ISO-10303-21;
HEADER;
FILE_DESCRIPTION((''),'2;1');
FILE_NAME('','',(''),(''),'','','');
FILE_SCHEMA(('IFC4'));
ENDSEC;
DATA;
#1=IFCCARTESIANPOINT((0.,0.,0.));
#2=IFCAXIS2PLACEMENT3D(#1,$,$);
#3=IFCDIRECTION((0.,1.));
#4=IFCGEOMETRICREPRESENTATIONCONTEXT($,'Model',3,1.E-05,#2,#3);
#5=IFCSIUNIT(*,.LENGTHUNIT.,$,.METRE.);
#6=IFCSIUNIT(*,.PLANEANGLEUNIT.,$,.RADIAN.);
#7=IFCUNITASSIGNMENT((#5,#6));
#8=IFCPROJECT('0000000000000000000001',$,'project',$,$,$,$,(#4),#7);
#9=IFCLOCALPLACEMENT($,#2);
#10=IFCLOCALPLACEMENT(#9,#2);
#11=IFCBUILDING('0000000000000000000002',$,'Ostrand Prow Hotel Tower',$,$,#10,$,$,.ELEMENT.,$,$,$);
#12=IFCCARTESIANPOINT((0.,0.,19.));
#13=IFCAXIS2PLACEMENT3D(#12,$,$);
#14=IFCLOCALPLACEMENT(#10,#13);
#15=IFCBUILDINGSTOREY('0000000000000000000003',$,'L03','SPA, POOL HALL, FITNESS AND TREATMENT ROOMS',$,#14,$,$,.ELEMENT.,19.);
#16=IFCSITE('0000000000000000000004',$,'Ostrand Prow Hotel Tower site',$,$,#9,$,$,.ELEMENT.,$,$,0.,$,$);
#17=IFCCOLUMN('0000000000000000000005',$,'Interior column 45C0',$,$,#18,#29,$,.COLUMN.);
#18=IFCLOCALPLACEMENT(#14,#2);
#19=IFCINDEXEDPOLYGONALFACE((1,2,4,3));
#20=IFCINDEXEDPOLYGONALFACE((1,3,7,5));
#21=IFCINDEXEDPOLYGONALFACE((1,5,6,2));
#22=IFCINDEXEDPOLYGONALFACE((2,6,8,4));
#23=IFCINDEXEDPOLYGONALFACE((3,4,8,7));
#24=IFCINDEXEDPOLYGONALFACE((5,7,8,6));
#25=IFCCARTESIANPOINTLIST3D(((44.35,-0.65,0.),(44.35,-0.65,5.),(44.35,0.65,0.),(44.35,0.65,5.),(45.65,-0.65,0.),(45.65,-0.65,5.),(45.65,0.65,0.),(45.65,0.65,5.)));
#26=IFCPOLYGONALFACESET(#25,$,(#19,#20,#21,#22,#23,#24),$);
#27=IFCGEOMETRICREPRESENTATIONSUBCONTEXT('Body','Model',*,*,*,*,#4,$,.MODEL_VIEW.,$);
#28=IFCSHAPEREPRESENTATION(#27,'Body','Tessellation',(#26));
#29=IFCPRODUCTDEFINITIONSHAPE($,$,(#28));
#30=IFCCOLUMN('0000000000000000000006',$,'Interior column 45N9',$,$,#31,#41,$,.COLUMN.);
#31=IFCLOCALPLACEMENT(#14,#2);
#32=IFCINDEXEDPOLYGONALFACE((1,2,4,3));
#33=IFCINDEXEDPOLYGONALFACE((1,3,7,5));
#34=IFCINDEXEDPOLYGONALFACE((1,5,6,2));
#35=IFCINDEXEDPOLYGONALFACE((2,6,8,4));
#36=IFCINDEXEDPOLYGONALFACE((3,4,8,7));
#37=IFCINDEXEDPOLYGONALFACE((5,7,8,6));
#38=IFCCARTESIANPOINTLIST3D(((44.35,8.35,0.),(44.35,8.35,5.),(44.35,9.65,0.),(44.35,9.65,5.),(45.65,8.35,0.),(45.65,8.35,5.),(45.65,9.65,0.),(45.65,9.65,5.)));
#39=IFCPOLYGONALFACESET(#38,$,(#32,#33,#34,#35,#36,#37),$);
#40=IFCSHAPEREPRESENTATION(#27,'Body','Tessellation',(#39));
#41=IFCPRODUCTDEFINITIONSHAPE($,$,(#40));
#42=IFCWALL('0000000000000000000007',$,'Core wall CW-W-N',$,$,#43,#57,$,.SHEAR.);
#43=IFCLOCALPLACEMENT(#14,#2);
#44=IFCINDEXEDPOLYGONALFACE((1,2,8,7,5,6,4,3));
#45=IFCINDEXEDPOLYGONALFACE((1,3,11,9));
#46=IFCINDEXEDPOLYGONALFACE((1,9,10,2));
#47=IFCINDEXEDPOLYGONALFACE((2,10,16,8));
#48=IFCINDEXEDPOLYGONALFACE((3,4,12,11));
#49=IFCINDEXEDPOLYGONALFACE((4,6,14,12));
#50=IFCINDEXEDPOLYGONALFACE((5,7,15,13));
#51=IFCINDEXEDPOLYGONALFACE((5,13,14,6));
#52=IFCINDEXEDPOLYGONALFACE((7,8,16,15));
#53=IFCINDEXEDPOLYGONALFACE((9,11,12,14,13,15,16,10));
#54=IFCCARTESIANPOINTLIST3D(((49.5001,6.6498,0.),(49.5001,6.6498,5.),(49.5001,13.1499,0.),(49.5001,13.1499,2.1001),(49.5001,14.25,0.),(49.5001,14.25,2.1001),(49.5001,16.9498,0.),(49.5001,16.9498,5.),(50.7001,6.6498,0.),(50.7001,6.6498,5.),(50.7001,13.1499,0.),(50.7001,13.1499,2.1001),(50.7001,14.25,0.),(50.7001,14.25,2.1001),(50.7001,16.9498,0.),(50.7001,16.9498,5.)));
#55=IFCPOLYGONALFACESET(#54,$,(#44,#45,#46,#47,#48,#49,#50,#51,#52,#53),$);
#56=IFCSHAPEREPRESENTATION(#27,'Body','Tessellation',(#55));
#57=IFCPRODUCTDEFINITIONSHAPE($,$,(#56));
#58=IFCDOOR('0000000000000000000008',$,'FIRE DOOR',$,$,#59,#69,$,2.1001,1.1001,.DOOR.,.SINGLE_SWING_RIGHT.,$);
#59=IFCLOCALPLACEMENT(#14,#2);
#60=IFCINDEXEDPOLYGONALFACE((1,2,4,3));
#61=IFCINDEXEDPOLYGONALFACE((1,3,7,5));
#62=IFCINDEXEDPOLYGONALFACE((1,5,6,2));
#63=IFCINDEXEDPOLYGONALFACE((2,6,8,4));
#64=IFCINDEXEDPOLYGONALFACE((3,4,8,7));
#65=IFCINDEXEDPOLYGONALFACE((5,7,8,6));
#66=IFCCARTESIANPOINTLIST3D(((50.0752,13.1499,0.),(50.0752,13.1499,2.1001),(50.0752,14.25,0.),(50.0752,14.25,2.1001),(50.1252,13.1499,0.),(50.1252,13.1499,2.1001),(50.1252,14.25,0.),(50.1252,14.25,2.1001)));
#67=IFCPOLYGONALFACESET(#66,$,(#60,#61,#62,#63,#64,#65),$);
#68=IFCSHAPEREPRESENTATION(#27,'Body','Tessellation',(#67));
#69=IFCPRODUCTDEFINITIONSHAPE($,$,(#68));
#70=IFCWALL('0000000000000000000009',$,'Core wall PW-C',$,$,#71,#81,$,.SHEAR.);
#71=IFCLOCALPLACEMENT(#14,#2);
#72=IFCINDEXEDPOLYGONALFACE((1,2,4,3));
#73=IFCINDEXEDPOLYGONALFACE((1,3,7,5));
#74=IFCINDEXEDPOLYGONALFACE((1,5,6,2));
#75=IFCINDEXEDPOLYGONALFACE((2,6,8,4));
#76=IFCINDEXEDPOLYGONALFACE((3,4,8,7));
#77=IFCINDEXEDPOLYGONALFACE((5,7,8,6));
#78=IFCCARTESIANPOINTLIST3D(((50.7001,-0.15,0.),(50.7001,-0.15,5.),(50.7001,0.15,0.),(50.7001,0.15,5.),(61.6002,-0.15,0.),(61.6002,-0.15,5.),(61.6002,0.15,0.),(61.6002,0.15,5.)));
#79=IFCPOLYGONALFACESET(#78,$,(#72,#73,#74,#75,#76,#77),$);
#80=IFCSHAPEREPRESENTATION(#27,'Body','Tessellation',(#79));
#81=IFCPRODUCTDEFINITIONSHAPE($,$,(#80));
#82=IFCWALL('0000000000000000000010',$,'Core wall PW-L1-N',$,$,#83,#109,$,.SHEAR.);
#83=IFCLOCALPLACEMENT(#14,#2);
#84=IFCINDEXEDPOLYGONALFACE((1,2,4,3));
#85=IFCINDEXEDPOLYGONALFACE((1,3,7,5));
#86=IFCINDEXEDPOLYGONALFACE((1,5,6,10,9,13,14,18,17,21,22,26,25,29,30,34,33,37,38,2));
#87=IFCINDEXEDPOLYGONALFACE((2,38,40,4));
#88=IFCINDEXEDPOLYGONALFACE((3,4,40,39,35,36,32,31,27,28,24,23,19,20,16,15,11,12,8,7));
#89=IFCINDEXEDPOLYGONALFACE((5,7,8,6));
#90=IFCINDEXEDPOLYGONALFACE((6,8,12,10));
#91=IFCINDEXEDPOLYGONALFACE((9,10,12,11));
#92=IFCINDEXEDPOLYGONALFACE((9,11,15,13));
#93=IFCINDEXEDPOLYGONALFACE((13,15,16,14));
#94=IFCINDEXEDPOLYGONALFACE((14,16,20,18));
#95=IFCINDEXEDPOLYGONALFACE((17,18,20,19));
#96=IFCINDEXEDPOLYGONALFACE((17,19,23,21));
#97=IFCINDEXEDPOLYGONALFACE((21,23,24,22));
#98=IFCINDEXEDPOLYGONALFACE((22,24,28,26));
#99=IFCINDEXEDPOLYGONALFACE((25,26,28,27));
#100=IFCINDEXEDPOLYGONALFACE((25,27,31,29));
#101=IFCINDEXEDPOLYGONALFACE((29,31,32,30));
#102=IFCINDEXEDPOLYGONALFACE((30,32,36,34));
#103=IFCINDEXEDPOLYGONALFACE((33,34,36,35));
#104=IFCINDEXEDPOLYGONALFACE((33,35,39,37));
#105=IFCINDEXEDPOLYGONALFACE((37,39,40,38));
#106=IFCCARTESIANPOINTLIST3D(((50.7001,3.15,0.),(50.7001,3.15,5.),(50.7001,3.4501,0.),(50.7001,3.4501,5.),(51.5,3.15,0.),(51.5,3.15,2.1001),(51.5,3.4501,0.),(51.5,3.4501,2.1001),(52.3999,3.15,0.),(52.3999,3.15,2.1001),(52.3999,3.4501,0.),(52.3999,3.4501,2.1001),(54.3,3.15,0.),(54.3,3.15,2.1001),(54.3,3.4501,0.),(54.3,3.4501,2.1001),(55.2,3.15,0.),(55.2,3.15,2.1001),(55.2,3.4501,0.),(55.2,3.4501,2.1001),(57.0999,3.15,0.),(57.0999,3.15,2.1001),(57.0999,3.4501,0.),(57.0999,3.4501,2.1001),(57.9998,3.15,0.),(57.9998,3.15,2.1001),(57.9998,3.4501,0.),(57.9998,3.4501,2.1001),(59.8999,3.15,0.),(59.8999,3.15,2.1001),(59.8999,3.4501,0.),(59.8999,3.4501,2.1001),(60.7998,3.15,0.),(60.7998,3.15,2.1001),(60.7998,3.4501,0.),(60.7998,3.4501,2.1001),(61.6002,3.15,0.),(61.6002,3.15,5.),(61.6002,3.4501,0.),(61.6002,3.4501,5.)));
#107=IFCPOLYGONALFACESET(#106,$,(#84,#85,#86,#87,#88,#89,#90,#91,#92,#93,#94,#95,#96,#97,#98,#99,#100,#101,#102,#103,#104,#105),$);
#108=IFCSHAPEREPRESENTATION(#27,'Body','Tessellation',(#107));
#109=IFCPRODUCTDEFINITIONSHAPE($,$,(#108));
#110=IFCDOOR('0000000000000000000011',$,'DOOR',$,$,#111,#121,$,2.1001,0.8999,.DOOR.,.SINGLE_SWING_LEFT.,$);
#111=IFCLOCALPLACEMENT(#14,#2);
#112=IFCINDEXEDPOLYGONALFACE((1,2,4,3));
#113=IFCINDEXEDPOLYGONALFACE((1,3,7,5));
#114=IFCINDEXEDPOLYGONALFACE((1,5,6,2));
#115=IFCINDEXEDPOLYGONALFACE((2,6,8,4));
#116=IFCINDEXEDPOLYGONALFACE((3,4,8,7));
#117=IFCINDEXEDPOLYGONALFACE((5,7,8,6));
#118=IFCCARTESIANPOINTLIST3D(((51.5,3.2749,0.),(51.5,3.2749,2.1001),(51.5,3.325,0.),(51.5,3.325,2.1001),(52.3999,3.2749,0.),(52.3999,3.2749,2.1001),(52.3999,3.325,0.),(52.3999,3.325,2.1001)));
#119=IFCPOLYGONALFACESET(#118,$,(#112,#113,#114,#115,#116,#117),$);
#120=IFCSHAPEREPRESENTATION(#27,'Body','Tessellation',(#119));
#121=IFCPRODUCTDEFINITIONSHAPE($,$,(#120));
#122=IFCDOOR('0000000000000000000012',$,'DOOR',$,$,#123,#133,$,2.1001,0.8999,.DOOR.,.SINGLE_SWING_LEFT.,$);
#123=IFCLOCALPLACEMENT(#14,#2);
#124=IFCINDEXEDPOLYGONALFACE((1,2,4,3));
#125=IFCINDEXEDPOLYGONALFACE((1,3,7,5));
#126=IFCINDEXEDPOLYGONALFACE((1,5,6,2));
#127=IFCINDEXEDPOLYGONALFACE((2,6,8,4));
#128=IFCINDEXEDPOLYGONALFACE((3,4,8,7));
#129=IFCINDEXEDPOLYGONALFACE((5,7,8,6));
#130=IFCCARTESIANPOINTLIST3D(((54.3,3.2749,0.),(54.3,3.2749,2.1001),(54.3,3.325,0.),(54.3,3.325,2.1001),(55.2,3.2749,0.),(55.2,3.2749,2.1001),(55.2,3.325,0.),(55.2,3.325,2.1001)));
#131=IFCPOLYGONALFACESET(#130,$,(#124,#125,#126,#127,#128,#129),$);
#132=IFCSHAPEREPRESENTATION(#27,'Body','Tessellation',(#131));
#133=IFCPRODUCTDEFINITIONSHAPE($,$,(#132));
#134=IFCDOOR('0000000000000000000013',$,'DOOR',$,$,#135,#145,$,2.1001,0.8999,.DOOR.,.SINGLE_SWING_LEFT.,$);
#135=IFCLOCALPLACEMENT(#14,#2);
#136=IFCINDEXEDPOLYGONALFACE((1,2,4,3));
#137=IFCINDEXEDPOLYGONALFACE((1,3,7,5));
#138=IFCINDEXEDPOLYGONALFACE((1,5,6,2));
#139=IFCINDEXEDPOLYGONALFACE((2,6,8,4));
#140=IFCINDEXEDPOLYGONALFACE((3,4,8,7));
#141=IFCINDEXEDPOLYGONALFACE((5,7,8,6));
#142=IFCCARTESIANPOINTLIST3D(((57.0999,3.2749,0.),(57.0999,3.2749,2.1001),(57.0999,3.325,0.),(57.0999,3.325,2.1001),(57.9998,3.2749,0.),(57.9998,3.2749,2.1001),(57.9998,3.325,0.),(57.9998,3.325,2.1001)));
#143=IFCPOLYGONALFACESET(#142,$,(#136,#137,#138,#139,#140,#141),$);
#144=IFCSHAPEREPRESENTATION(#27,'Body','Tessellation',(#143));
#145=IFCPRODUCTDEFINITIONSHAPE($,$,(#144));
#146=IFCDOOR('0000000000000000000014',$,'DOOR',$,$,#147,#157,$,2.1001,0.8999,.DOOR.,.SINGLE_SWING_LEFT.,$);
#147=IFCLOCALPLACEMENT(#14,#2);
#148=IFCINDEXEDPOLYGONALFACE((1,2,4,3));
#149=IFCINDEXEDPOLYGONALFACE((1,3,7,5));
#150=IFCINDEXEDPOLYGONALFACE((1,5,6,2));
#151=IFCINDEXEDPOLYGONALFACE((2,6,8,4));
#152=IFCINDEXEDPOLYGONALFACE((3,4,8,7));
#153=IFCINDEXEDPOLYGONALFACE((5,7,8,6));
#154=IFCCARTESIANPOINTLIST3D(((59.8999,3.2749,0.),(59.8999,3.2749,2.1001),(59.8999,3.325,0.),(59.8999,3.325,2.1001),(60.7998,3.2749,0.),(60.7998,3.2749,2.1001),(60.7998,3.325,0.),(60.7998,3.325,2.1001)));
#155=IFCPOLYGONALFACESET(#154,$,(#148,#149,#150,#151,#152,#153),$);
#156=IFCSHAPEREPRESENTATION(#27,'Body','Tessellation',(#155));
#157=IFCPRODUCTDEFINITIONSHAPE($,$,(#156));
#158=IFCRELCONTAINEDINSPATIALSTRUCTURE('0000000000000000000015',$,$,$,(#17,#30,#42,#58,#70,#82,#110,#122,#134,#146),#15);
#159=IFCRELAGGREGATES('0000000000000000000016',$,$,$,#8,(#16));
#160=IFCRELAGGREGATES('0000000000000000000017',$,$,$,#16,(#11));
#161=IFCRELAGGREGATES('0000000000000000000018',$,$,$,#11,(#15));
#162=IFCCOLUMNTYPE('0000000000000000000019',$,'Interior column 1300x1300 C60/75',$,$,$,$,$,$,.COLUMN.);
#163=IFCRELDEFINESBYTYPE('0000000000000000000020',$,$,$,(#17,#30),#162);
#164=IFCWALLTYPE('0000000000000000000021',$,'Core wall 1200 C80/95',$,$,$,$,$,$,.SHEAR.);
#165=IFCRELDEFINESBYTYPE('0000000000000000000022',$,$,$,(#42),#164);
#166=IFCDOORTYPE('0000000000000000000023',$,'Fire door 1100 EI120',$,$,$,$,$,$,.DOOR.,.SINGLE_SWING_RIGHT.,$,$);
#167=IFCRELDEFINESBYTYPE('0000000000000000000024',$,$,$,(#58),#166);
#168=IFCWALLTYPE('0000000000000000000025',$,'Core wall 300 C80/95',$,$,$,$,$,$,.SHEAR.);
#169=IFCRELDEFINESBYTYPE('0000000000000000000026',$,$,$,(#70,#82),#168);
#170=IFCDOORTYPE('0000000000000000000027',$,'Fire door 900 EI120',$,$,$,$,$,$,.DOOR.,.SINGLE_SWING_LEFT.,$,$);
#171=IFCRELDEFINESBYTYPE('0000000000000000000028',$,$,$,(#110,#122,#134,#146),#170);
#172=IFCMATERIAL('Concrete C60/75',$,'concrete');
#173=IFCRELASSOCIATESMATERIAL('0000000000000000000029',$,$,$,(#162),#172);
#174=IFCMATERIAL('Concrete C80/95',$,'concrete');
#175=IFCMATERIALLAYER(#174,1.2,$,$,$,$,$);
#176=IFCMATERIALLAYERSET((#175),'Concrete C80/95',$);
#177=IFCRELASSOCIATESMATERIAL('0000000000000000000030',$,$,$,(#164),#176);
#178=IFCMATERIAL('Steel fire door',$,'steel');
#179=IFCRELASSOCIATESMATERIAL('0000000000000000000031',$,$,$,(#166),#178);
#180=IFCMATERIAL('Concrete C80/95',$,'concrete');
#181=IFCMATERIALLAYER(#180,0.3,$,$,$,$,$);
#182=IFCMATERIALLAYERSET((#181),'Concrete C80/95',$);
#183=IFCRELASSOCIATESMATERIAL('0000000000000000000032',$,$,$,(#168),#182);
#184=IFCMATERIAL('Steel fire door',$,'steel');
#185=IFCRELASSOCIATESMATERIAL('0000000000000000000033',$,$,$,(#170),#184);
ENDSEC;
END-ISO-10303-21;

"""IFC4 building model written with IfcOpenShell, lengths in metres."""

from ifc_helpers import new_model, si_unit, direction, frame, frame_2d, origin, origin_2d, place, context, subcontext, project, spatial, rectangle, extrude, material, layer, layer_set, material_profile, profile_set, type_object, element, fill, save


model = new_model("IFC4")

# Units and contexts
model_context = context("Model", 3, precision=1e-05, world=origin(), true_north=direction((0.0, 1.0)))
body_context = subcontext(model_context, "Body", "Model", "MODEL_VIEW")
ifc_project = project(units=[si_unit("LENGTHUNIT", "METRE"), si_unit("PLANEANGLEUNIT", "RADIAN")], contexts=[model_context])

# Site, building, storey
site_placement = place(None, origin())
site = spatial("IfcSite", under=ifc_project, at=site_placement, Name="Ostrand Prow Hotel Tower site", CompositionType="ELEMENT", RefElevation=0.0)
building_placement = place(site_placement, origin())
building = spatial("IfcBuilding", under=site, at=building_placement, Name="Ostrand Prow Hotel Tower", CompositionType="ELEMENT")
storey_placement = place(building_placement, frame((0.0, 0.0, 19.0)))
storey = spatial("IfcBuildingStorey", under=building, at=storey_placement, Name="L03", Description="SPA, POOL HALL, FITNESS AND TREATMENT ROOMS", CompositionType="ELEMENT", Elevation=19.0)

# Columns
ifc_material_1 = material(Name="Concrete C60/75", Category="concrete")
ifc_material_profile = material_profile(ifc_material_1, rectangle(XDim=1.3, YDim=1.3, at=origin_2d()), Name="RC 1300x1300")
ifc_profile_set = profile_set([ifc_material_profile], Name="Concrete C60/75")
column_type = type_object("IfcColumnType", Name="Interior column 1300x1300 C60/75", PredefinedType="COLUMN", material=ifc_profile_set)
for number, where, z_axis, x_axis, name in (
    (1, (45.0, 0.0, 0.0), (0.0, 0.0, 1.0), (1.0, 0.0, 0.0), "Interior column 45C0"),
    (2, (45.0, 9.0, 0.0), (0.0, 0.0, 1.0), (1.0, 0.0, 0.0), "Interior column 45N9"),
):
    element("IfcColumn", number, at=place(storey_placement, frame(where, z_axis=z_axis, x_axis=x_axis)), inside=storey, type_object=column_type, Name=name, PredefinedType="COLUMN", context=body_context, shape_type="SweptSolid", body=[
        extrude(rectangle(XDim=1.3, YDim=1.3, at=origin_2d()), origin(), (0.0, 0.0, 1.0), 5.0),
    ])

# Wall, opening, door
ifc_material_2 = material(Name="Concrete C80/95", Category="concrete")
ifc_layer_1 = layer(ifc_material_2, 1.2)
ifc_layer_set_1 = layer_set([ifc_layer_1], Name="Concrete C80/95")
wall_type_1 = type_object("IfcWallType", Name="Core wall 1200 C80/95", PredefinedType="SHEAR", material=ifc_layer_set_1)
wall_1_placement = place(storey_placement, frame((50.1001, 6.6499, 0.0), z_axis=(0.0, 0.0, 1.0), x_axis=(0.0, 1.0, 0.0)))
wall_1 = element("IfcWall", 3, at=wall_1_placement, inside=storey, type_object=wall_type_1, Name="Core wall CW-W-N", PredefinedType="SHEAR", context=body_context, shape_type="SweptSolid", body=[
    extrude(rectangle(XDim=10.3, YDim=1.2, at=frame_2d((5.1499, 0.0))), origin(), (0.0, 0.0, 1.0), 5.0),
])
opening_1_placement = place(wall_1_placement, frame((6.5, 0.0, 0.0)))
opening_1 = element("IfcOpeningElement", 4, at=opening_1_placement, cuts=wall_1, PredefinedType="OPENING", context=body_context, shape_type="SweptSolid", body=[
    extrude(rectangle(XDim=1.1001, YDim=2.1001, at=frame_2d((0.55, 1.05))), frame((0.0, 0.6099, 0.0), z_axis=(0.0, -1.0, 0.0), x_axis=(1.0, 0.0, 0.0)), (0.0, 0.0, 1.0), 1.22),
])
ifc_material_3 = material(Name="Steel fire door", Category="steel")
door_type_1 = type_object("IfcDoorType", Name="Fire door 1100 EI120", OperationType="SINGLE_SWING_RIGHT", PredefinedType="DOOR", material=ifc_material_3)
door_1_placement = place(opening_1_placement, origin())
door_1 = element("IfcDoor", 5, at=door_1_placement, inside=storey, type_object=door_type_1, Name="FIRE DOOR", OperationType="SINGLE_SWING_RIGHT", OverallHeight=2.1001, OverallWidth=1.1001, PredefinedType="DOOR", context=body_context, shape_type="SweptSolid", body=[
    extrude(rectangle(XDim=1.1001, YDim=2.1001, at=frame_2d((0.55, 1.05))), frame((0.0, 0.0249, 0.0), z_axis=(0.0, -1.0, 0.0), x_axis=(1.0, 0.0, 0.0)), (0.0, 0.0, 1.0), 0.05),
])
fill(opening_1, door_1)

# Wall
ifc_material_4 = material(Name="Concrete C80/95", Category="concrete")
ifc_layer_2 = layer(ifc_material_4, 0.3)
ifc_layer_set_2 = layer_set([ifc_layer_2], Name="Concrete C80/95")
wall_type_2 = type_object("IfcWallType", Name="Core wall 300 C80/95", PredefinedType="SHEAR", material=ifc_layer_set_2)
wall_2_placement = place(storey_placement, frame((50.7, 0.0, 0.0), z_axis=(0.0, 0.0, 1.0), x_axis=(1.0, 0.0, 0.0)))
element("IfcWall", 6, at=wall_2_placement, inside=storey, type_object=wall_type_2, Name="Core wall PW-C", PredefinedType="SHEAR", context=body_context, shape_type="SweptSolid", body=[
    extrude(rectangle(XDim=10.9001, YDim=0.3, at=frame_2d((5.4502, 0.0))), origin(), (0.0, 0.0, 1.0), 5.0),
])

# Wall, openings, doors
wall_3_placement = place(storey_placement, frame((50.7, 3.3, 0.0), z_axis=(0.0, 0.0, 1.0), x_axis=(1.0, 0.0, 0.0)))
wall_3 = element("IfcWall", 7, at=wall_3_placement, inside=storey, type_object=wall_type_2, Name="Core wall PW-L1-N", PredefinedType="SHEAR", context=body_context, shape_type="SweptSolid", body=[
    extrude(rectangle(XDim=10.9001, YDim=0.3, at=frame_2d((5.4502, 0.0))), origin(), (0.0, 0.0, 1.0), 5.0),
])
opening_2_placement = place(wall_3_placement, frame((0.8, 0.0, 0.0)))
opening_2 = element("IfcOpeningElement", 8, at=opening_2_placement, cuts=wall_3, PredefinedType="OPENING", context=body_context, shape_type="SweptSolid", body=[
    extrude(rectangle(XDim=0.8999, YDim=2.1001, at=frame_2d((0.45, 1.05))), frame((0.0, 0.1599, 0.0), z_axis=(0.0, -1.0, 0.0), x_axis=(1.0, 0.0, 0.0)), (0.0, 0.0, 1.0), 0.3201),
])
opening_3_placement = place(wall_3_placement, frame((3.6001, 0.0, 0.0)))
opening_3 = element("IfcOpeningElement", 9, at=opening_3_placement, cuts=wall_3, PredefinedType="OPENING", context=body_context, shape_type="SweptSolid", body=[
    extrude(rectangle(XDim=0.8999, YDim=2.1001, at=frame_2d((0.45, 1.05))), frame((0.0, 0.1599, 0.0), z_axis=(0.0, -1.0, 0.0), x_axis=(1.0, 0.0, 0.0)), (0.0, 0.0, 1.0), 0.3201),
])
opening_4_placement = place(wall_3_placement, frame((6.3999, 0.0, 0.0)))
opening_4 = element("IfcOpeningElement", 10, at=opening_4_placement, cuts=wall_3, PredefinedType="OPENING", context=body_context, shape_type="SweptSolid", body=[
    extrude(rectangle(XDim=0.8999, YDim=2.1001, at=frame_2d((0.45, 1.05))), frame((0.0, 0.1599, 0.0), z_axis=(0.0, -1.0, 0.0), x_axis=(1.0, 0.0, 0.0)), (0.0, 0.0, 1.0), 0.3201),
])
opening_5_placement = place(wall_3_placement, frame((9.2, 0.0, 0.0)))
opening_5 = element("IfcOpeningElement", 11, at=opening_5_placement, cuts=wall_3, PredefinedType="OPENING", context=body_context, shape_type="SweptSolid", body=[
    extrude(rectangle(XDim=0.8999, YDim=2.1001, at=frame_2d((0.45, 1.05))), frame((0.0, 0.1599, 0.0), z_axis=(0.0, -1.0, 0.0), x_axis=(1.0, 0.0, 0.0)), (0.0, 0.0, 1.0), 0.3201),
])
ifc_material_5 = material(Name="Steel fire door", Category="steel")
door_type_2 = type_object("IfcDoorType", Name="Fire door 900 EI120", OperationType="SINGLE_SWING_LEFT", PredefinedType="DOOR", material=ifc_material_5)
door_2_placement = place(opening_2_placement, origin())
door_2 = element("IfcDoor", 12, at=door_2_placement, inside=storey, type_object=door_type_2, Name="DOOR", OperationType="SINGLE_SWING_LEFT", OverallHeight=2.1001, OverallWidth=0.8999, PredefinedType="DOOR", context=body_context, shape_type="SweptSolid", body=[
    extrude(rectangle(XDim=0.8999, YDim=2.1001, at=frame_2d((0.45, 1.05))), frame((0.0, 0.0249, 0.0), z_axis=(0.0, -1.0, 0.0), x_axis=(1.0, 0.0, 0.0)), (0.0, 0.0, 1.0), 0.05),
])
fill(opening_2, door_2)
door_3_placement = place(opening_3_placement, origin())
door_3 = element("IfcDoor", 13, at=door_3_placement, inside=storey, type_object=door_type_2, Name="DOOR", OperationType="SINGLE_SWING_LEFT", OverallHeight=2.1001, OverallWidth=0.8999, PredefinedType="DOOR", context=body_context, shape_type="SweptSolid", body=[
    extrude(rectangle(XDim=0.8999, YDim=2.1001, at=frame_2d((0.45, 1.05))), frame((0.0, 0.0249, 0.0), z_axis=(0.0, -1.0, 0.0), x_axis=(1.0, 0.0, 0.0)), (0.0, 0.0, 1.0), 0.05),
])
fill(opening_3, door_3)
door_4_placement = place(opening_4_placement, origin())
door_4 = element("IfcDoor", 14, at=door_4_placement, inside=storey, type_object=door_type_2, Name="DOOR", OperationType="SINGLE_SWING_LEFT", OverallHeight=2.1001, OverallWidth=0.8999, PredefinedType="DOOR", context=body_context, shape_type="SweptSolid", body=[
    extrude(rectangle(XDim=0.8999, YDim=2.1001, at=frame_2d((0.45, 1.05))), frame((0.0, 0.0249, 0.0), z_axis=(0.0, -1.0, 0.0), x_axis=(1.0, 0.0, 0.0)), (0.0, 0.0, 1.0), 0.05),
])
fill(opening_4, door_4)
door_5_placement = place(opening_5_placement, origin())
door_5 = element("IfcDoor", 15, at=door_5_placement, inside=storey, type_object=door_type_2, Name="DOOR", OperationType="SINGLE_SWING_LEFT", OverallHeight=2.1001, OverallWidth=0.8999, PredefinedType="DOOR", context=body_context, shape_type="SweptSolid", body=[
    extrude(rectangle(XDim=0.8999, YDim=2.1001, at=frame_2d((0.45, 1.05))), frame((0.0, 0.0249, 0.0), z_axis=(0.0, -1.0, 0.0), x_axis=(1.0, 0.0, 0.0)), (0.0, 0.0, 1.0), 0.05),
])
fill(opening_5, door_5)

save(model, "model.ifc")
